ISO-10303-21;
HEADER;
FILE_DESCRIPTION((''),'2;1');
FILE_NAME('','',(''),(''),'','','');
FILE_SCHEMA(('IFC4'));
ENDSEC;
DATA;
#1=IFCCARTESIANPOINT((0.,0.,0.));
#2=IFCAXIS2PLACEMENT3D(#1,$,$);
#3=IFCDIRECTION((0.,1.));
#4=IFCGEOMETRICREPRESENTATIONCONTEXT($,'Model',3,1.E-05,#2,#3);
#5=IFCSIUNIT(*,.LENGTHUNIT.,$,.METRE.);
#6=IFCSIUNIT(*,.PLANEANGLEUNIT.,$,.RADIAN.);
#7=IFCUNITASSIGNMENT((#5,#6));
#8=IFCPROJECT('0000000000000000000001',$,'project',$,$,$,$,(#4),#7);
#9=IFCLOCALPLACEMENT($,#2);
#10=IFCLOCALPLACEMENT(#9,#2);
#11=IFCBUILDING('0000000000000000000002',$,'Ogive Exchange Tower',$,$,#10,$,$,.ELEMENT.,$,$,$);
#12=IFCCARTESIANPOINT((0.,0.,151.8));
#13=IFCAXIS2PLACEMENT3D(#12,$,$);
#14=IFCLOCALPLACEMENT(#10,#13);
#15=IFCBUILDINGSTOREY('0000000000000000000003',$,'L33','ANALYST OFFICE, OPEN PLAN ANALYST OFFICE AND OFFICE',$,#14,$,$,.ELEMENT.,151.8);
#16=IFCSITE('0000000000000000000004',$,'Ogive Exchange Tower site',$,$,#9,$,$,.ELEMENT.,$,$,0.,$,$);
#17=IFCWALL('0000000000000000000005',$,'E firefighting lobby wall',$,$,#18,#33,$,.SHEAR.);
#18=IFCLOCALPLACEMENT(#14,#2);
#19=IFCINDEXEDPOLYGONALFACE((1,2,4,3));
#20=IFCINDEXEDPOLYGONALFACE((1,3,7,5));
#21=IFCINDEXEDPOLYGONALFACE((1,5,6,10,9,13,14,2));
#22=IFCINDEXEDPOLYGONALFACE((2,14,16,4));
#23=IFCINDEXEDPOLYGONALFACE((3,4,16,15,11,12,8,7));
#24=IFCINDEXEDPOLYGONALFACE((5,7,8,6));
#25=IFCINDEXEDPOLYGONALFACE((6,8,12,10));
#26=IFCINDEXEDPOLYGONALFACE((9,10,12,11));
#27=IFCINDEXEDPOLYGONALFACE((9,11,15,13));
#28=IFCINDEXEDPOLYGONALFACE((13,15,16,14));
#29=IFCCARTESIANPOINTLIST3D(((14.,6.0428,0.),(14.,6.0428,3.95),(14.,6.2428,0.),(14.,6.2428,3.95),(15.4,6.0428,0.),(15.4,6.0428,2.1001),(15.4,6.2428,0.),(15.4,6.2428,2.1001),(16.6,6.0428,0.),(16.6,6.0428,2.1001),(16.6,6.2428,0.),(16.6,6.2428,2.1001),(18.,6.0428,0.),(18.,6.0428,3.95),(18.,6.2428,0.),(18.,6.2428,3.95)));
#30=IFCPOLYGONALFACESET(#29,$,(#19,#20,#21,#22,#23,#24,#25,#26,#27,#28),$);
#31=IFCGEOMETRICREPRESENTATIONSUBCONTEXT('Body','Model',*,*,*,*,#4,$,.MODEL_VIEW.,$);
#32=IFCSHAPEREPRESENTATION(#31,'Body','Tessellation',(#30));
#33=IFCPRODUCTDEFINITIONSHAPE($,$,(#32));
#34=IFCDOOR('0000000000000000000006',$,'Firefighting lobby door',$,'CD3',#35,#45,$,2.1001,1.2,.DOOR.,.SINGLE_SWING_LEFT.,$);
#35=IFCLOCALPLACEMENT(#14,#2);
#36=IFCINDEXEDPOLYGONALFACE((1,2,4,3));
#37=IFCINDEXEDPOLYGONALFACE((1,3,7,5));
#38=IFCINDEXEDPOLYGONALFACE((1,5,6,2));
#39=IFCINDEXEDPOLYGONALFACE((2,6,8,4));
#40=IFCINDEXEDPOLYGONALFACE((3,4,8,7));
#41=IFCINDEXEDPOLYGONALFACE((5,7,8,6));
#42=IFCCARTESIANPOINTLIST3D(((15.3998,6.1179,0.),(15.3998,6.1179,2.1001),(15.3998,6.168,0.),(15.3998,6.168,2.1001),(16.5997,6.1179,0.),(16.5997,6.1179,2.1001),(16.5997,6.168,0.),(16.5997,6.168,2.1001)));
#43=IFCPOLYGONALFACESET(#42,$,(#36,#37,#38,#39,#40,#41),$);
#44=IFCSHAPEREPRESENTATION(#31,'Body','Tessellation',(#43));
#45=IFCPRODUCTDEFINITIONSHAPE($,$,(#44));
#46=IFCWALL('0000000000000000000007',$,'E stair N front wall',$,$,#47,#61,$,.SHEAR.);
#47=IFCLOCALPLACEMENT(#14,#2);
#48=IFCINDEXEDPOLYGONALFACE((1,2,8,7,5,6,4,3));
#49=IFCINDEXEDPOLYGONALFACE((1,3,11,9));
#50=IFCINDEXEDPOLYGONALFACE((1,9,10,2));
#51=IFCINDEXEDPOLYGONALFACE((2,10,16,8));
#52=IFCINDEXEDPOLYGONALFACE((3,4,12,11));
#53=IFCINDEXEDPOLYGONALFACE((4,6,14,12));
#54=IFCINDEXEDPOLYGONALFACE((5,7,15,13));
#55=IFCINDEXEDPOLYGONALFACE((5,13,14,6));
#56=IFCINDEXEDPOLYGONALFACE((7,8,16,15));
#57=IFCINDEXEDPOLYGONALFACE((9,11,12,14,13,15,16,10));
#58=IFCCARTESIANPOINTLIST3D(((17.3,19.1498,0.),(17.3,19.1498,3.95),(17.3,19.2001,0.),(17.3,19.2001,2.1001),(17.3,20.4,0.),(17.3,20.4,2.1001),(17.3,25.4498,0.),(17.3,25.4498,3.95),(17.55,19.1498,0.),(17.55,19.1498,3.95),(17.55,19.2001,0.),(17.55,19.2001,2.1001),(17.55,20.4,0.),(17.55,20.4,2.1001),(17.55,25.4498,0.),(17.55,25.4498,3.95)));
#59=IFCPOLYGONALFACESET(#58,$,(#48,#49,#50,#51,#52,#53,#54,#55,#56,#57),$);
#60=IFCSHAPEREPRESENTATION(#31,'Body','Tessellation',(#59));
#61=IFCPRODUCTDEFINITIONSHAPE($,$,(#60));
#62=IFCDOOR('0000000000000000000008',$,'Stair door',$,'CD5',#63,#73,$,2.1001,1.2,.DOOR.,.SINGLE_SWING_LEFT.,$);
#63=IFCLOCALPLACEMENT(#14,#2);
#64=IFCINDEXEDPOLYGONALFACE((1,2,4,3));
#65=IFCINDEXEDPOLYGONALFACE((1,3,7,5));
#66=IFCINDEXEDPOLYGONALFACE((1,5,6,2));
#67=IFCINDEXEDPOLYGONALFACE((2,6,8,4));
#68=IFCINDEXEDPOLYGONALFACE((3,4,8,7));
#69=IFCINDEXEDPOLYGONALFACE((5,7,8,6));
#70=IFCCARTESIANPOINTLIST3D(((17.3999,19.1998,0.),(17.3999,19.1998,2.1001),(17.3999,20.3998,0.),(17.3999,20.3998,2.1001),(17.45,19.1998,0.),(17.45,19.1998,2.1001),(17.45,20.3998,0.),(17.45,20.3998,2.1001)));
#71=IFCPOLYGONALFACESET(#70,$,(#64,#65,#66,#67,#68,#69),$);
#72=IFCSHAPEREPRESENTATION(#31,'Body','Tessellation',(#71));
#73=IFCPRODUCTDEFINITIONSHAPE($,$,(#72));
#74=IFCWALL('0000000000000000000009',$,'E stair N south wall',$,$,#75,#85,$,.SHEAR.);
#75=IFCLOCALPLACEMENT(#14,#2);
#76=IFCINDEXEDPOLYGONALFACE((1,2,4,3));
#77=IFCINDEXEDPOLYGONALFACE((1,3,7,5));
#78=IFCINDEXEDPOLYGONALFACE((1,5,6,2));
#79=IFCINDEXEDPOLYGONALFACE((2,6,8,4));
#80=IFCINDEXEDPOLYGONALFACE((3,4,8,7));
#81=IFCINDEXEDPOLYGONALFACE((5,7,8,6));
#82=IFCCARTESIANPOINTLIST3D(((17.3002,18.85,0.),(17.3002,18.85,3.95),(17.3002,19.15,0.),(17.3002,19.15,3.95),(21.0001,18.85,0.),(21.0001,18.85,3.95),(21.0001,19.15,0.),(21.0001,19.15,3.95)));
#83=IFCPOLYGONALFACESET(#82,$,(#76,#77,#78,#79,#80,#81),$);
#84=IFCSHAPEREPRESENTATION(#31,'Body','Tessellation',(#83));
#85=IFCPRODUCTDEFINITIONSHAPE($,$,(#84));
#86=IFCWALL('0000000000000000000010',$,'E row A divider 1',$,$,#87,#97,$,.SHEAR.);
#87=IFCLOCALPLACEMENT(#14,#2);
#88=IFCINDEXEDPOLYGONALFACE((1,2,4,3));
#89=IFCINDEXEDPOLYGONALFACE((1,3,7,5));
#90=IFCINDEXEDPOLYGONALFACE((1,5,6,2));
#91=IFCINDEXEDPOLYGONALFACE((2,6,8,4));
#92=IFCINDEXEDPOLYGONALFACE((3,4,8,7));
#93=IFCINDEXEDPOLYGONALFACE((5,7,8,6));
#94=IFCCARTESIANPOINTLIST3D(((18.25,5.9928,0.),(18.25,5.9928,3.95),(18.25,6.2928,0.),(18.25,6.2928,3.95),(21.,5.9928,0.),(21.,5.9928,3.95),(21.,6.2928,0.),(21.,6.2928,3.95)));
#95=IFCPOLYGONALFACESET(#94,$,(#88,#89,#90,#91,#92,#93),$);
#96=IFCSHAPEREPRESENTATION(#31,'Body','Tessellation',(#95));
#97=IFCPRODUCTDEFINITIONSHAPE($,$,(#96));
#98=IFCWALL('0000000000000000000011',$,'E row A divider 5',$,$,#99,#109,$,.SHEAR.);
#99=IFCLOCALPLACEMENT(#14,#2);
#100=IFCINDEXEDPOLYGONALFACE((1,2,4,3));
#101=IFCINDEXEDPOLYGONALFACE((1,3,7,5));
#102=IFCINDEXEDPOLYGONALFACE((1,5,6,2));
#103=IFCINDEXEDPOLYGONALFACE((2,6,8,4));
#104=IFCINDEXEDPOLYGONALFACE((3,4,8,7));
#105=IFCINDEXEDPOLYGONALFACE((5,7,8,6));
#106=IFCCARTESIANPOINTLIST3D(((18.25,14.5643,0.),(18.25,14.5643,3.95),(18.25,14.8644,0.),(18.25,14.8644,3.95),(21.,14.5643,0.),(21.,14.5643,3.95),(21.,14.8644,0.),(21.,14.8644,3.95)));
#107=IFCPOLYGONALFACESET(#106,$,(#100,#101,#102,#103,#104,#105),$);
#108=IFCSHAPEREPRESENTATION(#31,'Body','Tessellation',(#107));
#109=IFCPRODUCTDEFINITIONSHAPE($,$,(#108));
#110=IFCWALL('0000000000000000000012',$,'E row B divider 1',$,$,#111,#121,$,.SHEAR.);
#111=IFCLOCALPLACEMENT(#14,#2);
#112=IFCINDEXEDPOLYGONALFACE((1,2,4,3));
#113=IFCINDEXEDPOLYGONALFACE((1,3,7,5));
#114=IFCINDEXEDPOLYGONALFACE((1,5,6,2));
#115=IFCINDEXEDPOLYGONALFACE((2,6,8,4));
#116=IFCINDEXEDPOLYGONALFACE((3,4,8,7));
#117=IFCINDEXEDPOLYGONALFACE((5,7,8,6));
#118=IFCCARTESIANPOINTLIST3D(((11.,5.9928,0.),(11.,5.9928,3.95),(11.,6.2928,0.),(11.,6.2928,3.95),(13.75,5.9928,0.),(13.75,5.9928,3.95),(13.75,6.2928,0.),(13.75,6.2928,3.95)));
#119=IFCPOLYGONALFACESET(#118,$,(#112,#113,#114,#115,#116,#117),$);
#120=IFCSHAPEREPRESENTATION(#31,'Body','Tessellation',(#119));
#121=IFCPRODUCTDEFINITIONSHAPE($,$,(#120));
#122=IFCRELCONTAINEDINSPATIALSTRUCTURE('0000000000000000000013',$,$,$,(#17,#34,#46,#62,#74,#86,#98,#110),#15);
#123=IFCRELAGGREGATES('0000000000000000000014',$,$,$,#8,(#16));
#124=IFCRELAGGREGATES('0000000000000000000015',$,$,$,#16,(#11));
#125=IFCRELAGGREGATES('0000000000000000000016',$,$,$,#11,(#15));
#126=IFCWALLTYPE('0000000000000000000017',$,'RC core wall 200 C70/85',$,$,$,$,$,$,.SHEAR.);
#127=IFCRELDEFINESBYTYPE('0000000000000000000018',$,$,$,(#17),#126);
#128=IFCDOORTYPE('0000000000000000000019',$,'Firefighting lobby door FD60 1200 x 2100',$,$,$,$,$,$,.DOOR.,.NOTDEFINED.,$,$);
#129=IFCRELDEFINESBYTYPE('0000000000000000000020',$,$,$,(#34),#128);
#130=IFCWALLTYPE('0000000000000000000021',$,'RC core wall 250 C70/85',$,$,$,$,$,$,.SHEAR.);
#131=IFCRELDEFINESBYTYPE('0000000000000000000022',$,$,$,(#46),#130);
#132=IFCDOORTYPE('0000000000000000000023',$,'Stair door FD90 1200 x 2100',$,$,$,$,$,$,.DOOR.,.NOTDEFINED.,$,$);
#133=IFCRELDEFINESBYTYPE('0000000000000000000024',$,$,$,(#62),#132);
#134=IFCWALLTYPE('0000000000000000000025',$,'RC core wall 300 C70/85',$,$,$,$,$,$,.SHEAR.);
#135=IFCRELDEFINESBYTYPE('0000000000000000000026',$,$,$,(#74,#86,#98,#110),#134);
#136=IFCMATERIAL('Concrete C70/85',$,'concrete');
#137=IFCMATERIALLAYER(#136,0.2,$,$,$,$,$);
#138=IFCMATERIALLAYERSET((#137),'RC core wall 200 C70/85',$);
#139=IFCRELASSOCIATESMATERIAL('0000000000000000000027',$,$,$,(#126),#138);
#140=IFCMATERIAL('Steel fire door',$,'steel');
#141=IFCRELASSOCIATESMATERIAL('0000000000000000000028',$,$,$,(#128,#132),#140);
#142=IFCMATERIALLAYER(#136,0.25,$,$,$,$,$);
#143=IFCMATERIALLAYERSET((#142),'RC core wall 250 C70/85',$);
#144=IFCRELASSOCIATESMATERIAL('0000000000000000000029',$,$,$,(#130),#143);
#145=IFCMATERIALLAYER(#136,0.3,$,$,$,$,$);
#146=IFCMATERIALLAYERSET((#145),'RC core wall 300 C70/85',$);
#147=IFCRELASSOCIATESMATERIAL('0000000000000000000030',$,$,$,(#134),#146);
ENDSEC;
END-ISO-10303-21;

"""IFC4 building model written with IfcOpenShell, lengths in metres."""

from ifc_helpers import new_model, si_unit, direction, frame, frame_2d, origin, place, context, subcontext, project, spatial, rectangle, extrude, material, layer, layer_set, type_object, element, fill, save


model = new_model("IFC4")

# Units and contexts
model_context = context("Model", 3, precision=1e-05, world=origin(), true_north=direction((0.0, 1.0)))
body_context = subcontext(model_context, "Body", "Model", "MODEL_VIEW")
ifc_project = project(units=[si_unit("LENGTHUNIT", "METRE"), si_unit("PLANEANGLEUNIT", "RADIAN")], contexts=[model_context])

# Site, building, storey
site_placement = place(None, origin())
site = spatial("IfcSite", under=ifc_project, at=site_placement, Name="Ogive Exchange Tower site", CompositionType="ELEMENT", RefElevation=0.0)
building_placement = place(site_placement, origin())
building = spatial("IfcBuilding", under=site, at=building_placement, Name="Ogive Exchange Tower", CompositionType="ELEMENT")
storey_placement = place(building_placement, frame((0.0, 0.0, 151.8)))
storey = spatial("IfcBuildingStorey", under=building, at=storey_placement, Name="L33", Description="ANALYST OFFICE, OPEN PLAN ANALYST OFFICE AND OFFICE", CompositionType="ELEMENT", Elevation=151.8)

# Walls, openings, doors
ifc_material_1 = material(Name="Concrete C70/85", Category="concrete")
ifc_layer_1 = layer(ifc_material_1, 0.2)
ifc_layer_set_1 = layer_set([ifc_layer_1], Name="RC core wall 200 C70/85")
wall_type_1 = type_object("IfcWallType", Name="RC core wall 200 C70/85", PredefinedType="SHEAR", material=ifc_layer_set_1)
wall_1_placement = place(storey_placement, frame((14.0, 6.1428, 0.0), z_axis=(0.0, 0.0, 1.0), x_axis=(1.0, 0.0, 0.0)))
wall_1 = element("IfcWall", 1, at=wall_1_placement, inside=storey, type_object=wall_type_1, Name="E firefighting lobby wall", PredefinedType="SHEAR", context=body_context, shape_type="SweptSolid", body=[
    extrude(rectangle(XDim=4.0, YDim=0.2, at=frame_2d((2.0, 0.0))), origin(), (0.0, 0.0, 1.0), 3.95),
])
opening_1_placement = place(wall_1_placement, frame((1.3999, 0.0, 0.0)))
opening_1 = element("IfcOpeningElement", 2, at=opening_1_placement, cuts=wall_1, PredefinedType="OPENING", context=body_context, shape_type="SweptSolid", body=[
    extrude(rectangle(XDim=1.2, YDim=2.1001, at=frame_2d((0.6001, 1.05))), frame((0.0, 0.1099, 0.0), z_axis=(0.0, -1.0, 0.0), x_axis=(1.0, 0.0, 0.0)), (0.0, 0.0, 1.0), 0.22),
])
ifc_material_2 = material(Name="Steel fire door", Category="steel")
door_type_1 = type_object("IfcDoorType", Name="Firefighting lobby door FD60 1200 x 2100", OperationType="NOTDEFINED", PredefinedType="DOOR", material=ifc_material_2)
door_1_placement = place(opening_1_placement, frame((1.2, 0.0, 0.0), z_axis=(0.0, 0.0, 1.0), x_axis=(-1.0, 0.0, 0.0)))
door_1 = element("IfcDoor", 3, at=door_1_placement, inside=storey, type_object=door_type_1, Name="Firefighting lobby door", ObjectType="CD3", OperationType="SINGLE_SWING_LEFT", OverallHeight=2.1001, OverallWidth=1.2, PredefinedType="DOOR", context=body_context, shape_type="SweptSolid", body=[
    extrude(rectangle(XDim=1.2, YDim=2.1001, at=frame_2d((0.6001, 1.05))), frame((0.0, 0.0249, 0.0), z_axis=(0.0, -1.0, 0.0), x_axis=(1.0, 0.0, 0.0)), (0.0, 0.0, 1.0), 0.05),
])
fill(opening_1, door_1)
ifc_layer_2 = layer(ifc_material_1, 0.25)
ifc_layer_set_2 = layer_set([ifc_layer_2], Name="RC core wall 250 C70/85")
wall_type_2 = type_object("IfcWallType", Name="RC core wall 250 C70/85", PredefinedType="SHEAR", material=ifc_layer_set_2)
wall_2_placement = place(storey_placement, frame((17.425, 19.1499, 0.0), z_axis=(0.0, 0.0, 1.0), x_axis=(0.0, 1.0, 0.0)))
wall_2 = element("IfcWall", 4, at=wall_2_placement, inside=storey, type_object=wall_type_2, Name="E stair N front wall", PredefinedType="SHEAR", context=body_context, shape_type="SweptSolid", body=[
    extrude(rectangle(XDim=6.3, YDim=0.25, at=frame_2d((3.1499, 0.0))), origin(), (0.0, 0.0, 1.0), 3.95),
])
opening_2_placement = place(wall_2_placement, frame((0.05, 0.0, 0.0)))
opening_2 = element("IfcOpeningElement", 5, at=opening_2_placement, cuts=wall_2, PredefinedType="OPENING", context=body_context, shape_type="SweptSolid", body=[
    extrude(rectangle(XDim=1.2, YDim=2.1001, at=frame_2d((0.6001, 1.05))), frame((0.0, 0.135, 0.0), z_axis=(0.0, -1.0, 0.0), x_axis=(1.0, 0.0, 0.0)), (0.0, 0.0, 1.0), 0.27),
])
door_type_2 = type_object("IfcDoorType", Name="Stair door FD90 1200 x 2100", OperationType="NOTDEFINED", PredefinedType="DOOR", material=ifc_material_2)
door_2_placement = place(opening_2_placement, frame((1.2, 0.0, 0.0), z_axis=(0.0, 0.0, 1.0), x_axis=(-1.0, 0.0, 0.0)))
door_2 = element("IfcDoor", 6, at=door_2_placement, inside=storey, type_object=door_type_2, Name="Stair door", ObjectType="CD5", OperationType="SINGLE_SWING_LEFT", OverallHeight=2.1001, OverallWidth=1.2, PredefinedType="DOOR", context=body_context, shape_type="SweptSolid", body=[
    extrude(rectangle(XDim=1.2, YDim=2.1001, at=frame_2d((0.6001, 1.05))), frame((0.0, 0.0249, 0.0), z_axis=(0.0, -1.0, 0.0), x_axis=(1.0, 0.0, 0.0)), (0.0, 0.0, 1.0), 0.05),
])
fill(opening_2, door_2)

# Walls
ifc_layer_3 = layer(ifc_material_1, 0.3)
ifc_layer_set_3 = layer_set([ifc_layer_3], Name="RC core wall 300 C70/85")
wall_type_3 = type_object("IfcWallType", Name="RC core wall 300 C70/85", PredefinedType="SHEAR", material=ifc_layer_set_3)
wall_3_placement = place(storey_placement, frame((17.3, 19.0, 0.0), z_axis=(0.0, 0.0, 1.0), x_axis=(1.0, 0.0, 0.0)))
element("IfcWall", 7, at=wall_3_placement, inside=storey, type_object=wall_type_3, Name="E stair N south wall", PredefinedType="SHEAR", context=body_context, shape_type="SweptSolid", body=[
    extrude(rectangle(XDim=3.7, YDim=0.3, at=frame_2d((1.8501, 0.0))), origin(), (0.0, 0.0, 1.0), 3.95),
])
for number, where, z_axis, x_axis, name in (
    (8, (18.25, 6.1428, 0.0), (0.0, 0.0, 1.0), (1.0, 0.0, 0.0), "E row A divider 1"),
    (9, (18.25, 14.7144, 0.0), (0.0, 0.0, 1.0), (1.0, 0.0, 0.0), "E row A divider 5"),
    (10, (11.0, 6.1428, 0.0), (0.0, 0.0, 1.0), (1.0, 0.0, 0.0), "E row B divider 1"),
):
    element("IfcWall", number, at=place(storey_placement, frame(where, z_axis=z_axis, x_axis=x_axis)), inside=storey, type_object=wall_type_3, Name=name, PredefinedType="SHEAR", context=body_context, shape_type="SweptSolid", body=[
        extrude(rectangle(XDim=2.75, YDim=0.3, at=frame_2d((1.375, 0.0))), origin(), (0.0, 0.0, 1.0), 3.95),
    ])

save(model, "model.ifc")
